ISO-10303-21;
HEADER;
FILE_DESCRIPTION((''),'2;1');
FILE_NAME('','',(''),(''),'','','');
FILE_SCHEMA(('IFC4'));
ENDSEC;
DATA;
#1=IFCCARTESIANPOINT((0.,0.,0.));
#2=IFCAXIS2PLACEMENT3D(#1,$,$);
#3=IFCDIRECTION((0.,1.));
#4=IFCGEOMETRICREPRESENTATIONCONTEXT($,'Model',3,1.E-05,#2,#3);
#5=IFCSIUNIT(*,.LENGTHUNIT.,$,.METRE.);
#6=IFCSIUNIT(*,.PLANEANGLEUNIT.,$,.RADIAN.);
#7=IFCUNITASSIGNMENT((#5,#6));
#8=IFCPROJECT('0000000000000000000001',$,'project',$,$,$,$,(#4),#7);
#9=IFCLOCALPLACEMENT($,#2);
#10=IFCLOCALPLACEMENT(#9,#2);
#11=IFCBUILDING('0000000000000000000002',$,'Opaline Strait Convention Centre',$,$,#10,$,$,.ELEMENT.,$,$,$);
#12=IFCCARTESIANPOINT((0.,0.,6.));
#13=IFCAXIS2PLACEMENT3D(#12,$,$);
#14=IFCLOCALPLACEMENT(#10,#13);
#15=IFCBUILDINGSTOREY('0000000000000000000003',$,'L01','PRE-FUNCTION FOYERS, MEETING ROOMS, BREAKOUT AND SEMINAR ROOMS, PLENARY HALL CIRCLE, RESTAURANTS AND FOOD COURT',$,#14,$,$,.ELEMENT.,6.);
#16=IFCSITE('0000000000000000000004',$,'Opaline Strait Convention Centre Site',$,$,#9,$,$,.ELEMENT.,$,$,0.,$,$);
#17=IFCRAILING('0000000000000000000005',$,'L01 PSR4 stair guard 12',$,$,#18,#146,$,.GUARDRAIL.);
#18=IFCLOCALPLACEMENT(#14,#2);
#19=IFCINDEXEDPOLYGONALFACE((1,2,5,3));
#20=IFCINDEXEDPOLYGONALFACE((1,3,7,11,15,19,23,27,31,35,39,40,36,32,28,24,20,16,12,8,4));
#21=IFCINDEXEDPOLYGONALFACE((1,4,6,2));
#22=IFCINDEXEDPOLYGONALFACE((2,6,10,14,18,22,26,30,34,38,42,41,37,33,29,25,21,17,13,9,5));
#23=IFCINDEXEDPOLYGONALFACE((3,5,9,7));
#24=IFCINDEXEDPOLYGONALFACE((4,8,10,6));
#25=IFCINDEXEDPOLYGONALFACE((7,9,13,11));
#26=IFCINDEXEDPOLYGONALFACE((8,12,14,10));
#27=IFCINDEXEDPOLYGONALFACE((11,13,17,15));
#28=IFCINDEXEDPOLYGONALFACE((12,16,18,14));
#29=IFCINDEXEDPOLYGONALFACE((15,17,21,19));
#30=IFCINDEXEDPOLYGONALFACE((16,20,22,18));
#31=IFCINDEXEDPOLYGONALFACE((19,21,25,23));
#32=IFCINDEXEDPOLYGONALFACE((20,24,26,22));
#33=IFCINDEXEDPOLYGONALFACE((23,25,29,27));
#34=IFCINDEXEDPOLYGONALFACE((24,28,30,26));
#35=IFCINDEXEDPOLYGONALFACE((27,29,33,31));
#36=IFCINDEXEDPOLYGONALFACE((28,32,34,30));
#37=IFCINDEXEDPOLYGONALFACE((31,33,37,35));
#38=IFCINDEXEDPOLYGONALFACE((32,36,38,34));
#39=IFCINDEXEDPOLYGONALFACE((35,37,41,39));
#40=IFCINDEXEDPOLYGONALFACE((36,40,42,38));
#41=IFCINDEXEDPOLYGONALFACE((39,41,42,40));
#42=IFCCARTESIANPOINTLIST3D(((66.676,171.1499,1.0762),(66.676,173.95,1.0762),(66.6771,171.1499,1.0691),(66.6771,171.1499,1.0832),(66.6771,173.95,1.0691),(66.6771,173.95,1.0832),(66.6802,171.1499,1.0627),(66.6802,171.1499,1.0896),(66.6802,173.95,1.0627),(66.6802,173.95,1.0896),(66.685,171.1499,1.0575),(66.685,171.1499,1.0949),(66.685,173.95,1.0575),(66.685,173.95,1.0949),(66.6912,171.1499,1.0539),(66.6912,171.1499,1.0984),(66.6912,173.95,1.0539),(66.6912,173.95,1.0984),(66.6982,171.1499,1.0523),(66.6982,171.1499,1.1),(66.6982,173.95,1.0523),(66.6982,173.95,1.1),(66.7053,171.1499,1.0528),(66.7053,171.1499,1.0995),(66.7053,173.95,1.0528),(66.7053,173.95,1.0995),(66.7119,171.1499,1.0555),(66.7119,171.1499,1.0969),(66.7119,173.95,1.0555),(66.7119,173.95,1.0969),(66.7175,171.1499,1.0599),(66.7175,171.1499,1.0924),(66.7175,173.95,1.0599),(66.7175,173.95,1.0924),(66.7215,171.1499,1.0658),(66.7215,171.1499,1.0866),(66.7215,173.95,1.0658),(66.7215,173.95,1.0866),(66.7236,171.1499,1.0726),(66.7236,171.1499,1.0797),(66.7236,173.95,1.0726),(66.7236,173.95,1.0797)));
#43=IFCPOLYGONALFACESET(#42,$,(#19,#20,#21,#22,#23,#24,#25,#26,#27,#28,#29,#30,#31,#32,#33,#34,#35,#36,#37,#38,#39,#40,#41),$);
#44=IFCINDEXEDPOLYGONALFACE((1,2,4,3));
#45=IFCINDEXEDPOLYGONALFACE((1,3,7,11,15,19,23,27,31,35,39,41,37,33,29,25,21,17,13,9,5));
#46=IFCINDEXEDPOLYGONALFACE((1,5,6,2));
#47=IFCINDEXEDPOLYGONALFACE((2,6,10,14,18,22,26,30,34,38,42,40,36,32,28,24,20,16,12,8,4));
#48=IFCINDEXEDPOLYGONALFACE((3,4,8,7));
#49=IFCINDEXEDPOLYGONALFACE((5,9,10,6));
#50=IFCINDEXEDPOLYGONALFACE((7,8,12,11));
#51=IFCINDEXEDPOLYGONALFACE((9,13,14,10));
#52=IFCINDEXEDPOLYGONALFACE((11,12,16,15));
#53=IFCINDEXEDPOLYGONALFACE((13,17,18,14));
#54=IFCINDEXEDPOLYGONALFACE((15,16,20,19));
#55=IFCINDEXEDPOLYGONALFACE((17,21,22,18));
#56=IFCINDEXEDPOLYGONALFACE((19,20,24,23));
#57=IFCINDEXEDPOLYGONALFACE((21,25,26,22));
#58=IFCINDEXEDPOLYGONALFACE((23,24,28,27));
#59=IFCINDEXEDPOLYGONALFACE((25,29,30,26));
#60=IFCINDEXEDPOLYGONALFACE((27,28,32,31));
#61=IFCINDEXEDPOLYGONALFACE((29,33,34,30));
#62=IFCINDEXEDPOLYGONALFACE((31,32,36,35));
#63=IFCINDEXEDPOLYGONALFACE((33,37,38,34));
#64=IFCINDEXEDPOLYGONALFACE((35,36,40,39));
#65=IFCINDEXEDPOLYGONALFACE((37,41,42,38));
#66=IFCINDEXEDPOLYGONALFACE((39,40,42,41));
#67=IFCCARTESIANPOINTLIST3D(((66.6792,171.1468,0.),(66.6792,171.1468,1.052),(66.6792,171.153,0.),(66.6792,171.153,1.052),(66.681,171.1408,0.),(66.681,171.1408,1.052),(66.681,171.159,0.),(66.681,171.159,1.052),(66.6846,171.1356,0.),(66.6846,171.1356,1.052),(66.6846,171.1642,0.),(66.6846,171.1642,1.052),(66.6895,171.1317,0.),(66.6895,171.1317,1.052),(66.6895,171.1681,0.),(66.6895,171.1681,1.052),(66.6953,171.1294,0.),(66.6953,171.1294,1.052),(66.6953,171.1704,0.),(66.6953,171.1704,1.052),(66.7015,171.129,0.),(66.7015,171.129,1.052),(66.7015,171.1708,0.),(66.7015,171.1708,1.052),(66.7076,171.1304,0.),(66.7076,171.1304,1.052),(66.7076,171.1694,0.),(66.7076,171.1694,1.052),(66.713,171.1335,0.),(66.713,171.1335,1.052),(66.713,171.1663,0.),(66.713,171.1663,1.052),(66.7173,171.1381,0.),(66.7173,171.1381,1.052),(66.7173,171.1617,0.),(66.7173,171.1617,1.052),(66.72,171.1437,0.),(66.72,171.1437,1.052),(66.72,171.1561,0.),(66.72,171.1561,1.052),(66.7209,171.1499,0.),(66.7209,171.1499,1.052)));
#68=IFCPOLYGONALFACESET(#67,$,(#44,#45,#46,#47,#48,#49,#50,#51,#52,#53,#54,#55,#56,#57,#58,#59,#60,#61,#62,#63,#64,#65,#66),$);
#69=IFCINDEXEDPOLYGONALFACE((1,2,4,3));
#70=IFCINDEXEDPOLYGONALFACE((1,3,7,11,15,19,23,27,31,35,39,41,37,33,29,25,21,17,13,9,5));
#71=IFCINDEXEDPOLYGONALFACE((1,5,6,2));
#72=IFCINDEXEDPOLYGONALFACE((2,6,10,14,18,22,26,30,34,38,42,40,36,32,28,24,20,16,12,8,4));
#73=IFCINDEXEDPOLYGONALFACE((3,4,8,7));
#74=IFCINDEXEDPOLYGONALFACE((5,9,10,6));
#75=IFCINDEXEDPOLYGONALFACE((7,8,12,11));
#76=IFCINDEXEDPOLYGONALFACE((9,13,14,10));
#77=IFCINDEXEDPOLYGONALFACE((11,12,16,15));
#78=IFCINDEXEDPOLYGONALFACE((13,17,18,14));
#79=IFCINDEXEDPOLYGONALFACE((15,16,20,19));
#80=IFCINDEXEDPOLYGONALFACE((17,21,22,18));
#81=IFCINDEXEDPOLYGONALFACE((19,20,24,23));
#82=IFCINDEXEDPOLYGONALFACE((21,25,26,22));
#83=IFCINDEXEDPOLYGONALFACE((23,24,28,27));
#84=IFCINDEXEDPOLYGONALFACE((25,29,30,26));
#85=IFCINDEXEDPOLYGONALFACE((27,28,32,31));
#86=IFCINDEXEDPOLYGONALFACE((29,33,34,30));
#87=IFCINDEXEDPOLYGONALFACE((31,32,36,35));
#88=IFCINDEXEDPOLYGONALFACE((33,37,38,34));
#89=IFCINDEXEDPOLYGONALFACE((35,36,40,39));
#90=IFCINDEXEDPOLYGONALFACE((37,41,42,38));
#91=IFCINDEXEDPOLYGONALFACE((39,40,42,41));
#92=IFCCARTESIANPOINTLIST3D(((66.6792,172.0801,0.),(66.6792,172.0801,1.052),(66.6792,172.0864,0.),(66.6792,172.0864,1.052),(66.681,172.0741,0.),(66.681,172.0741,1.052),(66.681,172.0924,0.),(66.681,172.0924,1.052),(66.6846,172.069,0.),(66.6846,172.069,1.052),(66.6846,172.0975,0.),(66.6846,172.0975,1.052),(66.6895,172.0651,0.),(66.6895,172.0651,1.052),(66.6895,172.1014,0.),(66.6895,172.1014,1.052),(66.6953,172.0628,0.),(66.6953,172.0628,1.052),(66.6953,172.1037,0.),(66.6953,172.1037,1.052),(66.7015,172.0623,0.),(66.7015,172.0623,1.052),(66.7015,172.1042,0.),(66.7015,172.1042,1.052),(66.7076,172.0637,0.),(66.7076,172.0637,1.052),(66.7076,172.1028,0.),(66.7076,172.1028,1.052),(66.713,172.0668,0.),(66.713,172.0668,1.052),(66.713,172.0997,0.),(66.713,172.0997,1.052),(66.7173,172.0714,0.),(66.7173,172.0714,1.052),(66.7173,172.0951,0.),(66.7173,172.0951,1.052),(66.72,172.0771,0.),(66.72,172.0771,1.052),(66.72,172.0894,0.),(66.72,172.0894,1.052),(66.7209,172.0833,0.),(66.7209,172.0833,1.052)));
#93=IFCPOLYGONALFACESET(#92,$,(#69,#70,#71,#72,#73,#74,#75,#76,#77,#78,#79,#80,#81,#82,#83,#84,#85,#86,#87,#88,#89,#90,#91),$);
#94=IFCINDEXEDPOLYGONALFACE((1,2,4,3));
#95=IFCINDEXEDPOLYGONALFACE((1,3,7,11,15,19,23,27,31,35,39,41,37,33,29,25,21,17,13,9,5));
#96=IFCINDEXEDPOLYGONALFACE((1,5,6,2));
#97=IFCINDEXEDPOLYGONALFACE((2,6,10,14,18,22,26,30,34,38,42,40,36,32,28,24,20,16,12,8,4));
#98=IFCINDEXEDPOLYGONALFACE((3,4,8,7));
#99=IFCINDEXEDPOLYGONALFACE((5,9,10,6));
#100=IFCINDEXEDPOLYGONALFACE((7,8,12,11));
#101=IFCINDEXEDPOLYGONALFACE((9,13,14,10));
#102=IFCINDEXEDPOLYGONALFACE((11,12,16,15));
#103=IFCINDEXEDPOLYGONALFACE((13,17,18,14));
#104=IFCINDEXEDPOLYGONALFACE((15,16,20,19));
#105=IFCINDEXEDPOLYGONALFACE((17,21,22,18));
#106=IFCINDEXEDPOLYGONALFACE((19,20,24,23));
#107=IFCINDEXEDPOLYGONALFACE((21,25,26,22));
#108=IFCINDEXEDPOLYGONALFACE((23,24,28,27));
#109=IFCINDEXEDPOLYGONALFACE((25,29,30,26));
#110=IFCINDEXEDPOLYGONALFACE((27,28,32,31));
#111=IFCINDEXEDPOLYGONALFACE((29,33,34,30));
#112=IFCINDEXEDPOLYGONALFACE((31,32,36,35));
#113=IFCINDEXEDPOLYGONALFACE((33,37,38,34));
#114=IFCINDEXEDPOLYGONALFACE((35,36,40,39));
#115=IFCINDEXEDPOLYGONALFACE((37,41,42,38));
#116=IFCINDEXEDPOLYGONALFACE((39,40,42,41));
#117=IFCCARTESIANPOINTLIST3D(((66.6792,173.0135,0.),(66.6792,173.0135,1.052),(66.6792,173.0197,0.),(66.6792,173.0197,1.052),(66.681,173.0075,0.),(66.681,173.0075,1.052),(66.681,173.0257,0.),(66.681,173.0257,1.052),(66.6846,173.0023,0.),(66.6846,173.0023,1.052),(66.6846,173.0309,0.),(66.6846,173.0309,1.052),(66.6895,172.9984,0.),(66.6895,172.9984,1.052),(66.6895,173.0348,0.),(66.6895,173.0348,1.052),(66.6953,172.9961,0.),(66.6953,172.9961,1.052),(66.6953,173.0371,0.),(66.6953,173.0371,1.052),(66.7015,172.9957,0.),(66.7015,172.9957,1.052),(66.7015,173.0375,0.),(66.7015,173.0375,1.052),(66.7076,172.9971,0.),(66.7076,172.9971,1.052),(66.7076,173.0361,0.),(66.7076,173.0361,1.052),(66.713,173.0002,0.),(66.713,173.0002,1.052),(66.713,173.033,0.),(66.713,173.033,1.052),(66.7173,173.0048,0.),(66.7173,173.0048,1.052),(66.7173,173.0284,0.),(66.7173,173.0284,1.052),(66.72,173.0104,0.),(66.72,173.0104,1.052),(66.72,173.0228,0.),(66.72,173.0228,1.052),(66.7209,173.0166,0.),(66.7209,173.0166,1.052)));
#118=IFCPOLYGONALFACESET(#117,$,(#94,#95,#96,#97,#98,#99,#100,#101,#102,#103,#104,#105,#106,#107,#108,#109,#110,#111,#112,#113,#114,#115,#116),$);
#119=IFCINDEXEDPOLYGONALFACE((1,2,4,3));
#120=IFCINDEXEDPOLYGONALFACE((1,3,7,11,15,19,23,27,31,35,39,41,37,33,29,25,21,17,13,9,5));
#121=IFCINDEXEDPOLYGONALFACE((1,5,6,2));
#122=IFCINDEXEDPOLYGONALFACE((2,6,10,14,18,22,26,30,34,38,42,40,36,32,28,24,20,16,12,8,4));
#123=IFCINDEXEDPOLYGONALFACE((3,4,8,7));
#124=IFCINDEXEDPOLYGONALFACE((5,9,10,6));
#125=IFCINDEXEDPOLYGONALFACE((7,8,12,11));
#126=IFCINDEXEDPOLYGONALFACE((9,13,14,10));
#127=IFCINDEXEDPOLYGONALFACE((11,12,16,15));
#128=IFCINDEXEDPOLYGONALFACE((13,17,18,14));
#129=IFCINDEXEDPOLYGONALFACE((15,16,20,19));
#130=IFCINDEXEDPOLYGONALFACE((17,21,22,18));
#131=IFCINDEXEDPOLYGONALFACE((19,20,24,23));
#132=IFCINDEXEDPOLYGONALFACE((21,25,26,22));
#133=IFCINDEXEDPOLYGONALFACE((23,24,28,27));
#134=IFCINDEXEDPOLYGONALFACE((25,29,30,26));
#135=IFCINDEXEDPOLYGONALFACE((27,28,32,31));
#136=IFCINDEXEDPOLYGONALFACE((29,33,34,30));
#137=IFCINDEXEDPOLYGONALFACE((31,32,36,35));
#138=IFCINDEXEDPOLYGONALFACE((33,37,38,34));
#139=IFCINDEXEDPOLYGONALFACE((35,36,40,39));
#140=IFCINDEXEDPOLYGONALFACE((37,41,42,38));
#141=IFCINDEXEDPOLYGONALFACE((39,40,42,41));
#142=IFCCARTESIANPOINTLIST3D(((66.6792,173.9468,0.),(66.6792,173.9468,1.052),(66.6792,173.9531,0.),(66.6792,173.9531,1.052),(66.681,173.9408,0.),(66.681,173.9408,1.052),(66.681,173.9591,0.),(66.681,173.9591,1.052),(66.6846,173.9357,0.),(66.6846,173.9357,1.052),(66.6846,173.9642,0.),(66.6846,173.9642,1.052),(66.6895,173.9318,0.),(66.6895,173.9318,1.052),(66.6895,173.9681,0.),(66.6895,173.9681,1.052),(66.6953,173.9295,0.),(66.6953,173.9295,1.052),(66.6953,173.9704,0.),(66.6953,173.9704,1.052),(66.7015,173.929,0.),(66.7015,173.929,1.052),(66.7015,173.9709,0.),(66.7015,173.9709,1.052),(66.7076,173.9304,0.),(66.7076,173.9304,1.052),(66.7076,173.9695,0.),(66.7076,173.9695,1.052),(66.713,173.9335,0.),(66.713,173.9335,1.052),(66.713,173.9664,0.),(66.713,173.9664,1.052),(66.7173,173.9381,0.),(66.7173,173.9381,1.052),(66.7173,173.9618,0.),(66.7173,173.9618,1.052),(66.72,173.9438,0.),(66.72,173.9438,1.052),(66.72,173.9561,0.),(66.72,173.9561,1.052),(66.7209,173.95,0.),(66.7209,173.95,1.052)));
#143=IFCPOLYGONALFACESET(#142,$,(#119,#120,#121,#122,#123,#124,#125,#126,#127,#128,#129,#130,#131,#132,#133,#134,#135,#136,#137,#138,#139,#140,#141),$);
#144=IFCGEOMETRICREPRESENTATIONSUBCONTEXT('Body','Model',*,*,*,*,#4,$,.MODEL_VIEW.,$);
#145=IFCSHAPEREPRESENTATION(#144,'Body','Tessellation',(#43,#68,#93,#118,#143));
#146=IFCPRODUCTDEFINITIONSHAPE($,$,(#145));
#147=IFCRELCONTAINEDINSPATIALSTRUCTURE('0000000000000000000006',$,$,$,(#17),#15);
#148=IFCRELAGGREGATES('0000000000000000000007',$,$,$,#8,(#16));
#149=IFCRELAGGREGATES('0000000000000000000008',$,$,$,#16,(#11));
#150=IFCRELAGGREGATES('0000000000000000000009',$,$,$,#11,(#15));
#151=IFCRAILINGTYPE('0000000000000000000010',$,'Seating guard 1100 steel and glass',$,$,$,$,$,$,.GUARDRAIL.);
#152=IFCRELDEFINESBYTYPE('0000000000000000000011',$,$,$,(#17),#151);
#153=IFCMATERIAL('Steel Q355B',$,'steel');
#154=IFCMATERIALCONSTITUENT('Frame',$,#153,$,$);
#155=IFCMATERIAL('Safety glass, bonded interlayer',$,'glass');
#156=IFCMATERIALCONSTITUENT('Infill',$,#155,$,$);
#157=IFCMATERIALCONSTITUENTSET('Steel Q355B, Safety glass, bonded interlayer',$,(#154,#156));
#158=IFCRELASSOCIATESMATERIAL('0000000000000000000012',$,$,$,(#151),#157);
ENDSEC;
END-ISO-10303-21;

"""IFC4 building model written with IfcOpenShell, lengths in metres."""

from ifc_helpers import new_model, si_unit, direction, frame, origin, origin_2d, place, context, subcontext, project, spatial, circle, extrude, material, constituent, constituent_set, type_object, element, save


model = new_model("IFC4")

# Units and contexts
model_context = context("Model", 3, precision=1e-05, world=origin(), true_north=direction((0.0, 1.0)))
body_context = subcontext(model_context, "Body", "Model", "MODEL_VIEW")
ifc_project = project(units=[si_unit("LENGTHUNIT", "METRE"), si_unit("PLANEANGLEUNIT", "RADIAN")], contexts=[model_context])

# Site, building, storey
site_placement = place(None, origin())
site = spatial("IfcSite", under=ifc_project, at=site_placement, Name="Opaline Strait Convention Centre Site", CompositionType="ELEMENT", RefElevation=0.0)
building_placement = place(site_placement, origin())
building = spatial("IfcBuilding", under=site, at=building_placement, Name="Opaline Strait Convention Centre", CompositionType="ELEMENT")
storey_placement = place(building_placement, frame((0.0, 0.0, 6.0)))
storey = spatial("IfcBuildingStorey", under=building, at=storey_placement, Name="L01", Description="PRE-FUNCTION FOYERS, MEETING ROOMS, BREAKOUT AND SEMINAR ROOMS, PLENARY HALL CIRCLE, RESTAURANTS AND FOOD COURT", CompositionType="ELEMENT", Elevation=6.0)

# Railing
ifc_material_1 = material(Name="Steel Q355B", Category="steel")
ifc_constituent_1 = constituent(ifc_material_1, Name="Frame")
ifc_material_2 = material(Name="Safety glass, bonded interlayer", Category="glass")
ifc_constituent_2 = constituent(ifc_material_2, Name="Infill")
ifc_constituent_set = constituent_set(constituents=[ifc_constituent_1, ifc_constituent_2], Name="Steel Q355B, Safety glass, bonded interlayer")
railing_type_1 = type_object("IfcRailingType", Name="Seating guard 1100 steel and glass", PredefinedType="GUARDRAIL", material=ifc_constituent_set)
railing_1_placement = place(storey_placement, frame((66.7, 171.1499, 0.0)))
element("IfcRailing", 1, at=railing_1_placement, inside=storey, type_object=railing_type_1, Name="L01 PSR4 stair guard 12", PredefinedType="GUARDRAIL", context=body_context, shape_type="SweptSolid", body=[
    extrude(circle(Radius=0.0239, at=origin_2d()), frame((0.0, 0.0, 1.0762), z_axis=(0.0, 1.0, 0.0), x_axis=(-1.0, 0.0, 0.0)), (0.0, 0.0, 1.0), 2.8),
    extrude(circle(Radius=0.021, at=origin_2d()), origin(), (0.0, 0.0, 1.0), 1.052),
    extrude(circle(Radius=0.021, at=origin_2d()), frame((0.0, 0.9333, 0.0)), (0.0, 0.0, 1.0), 1.052),
    extrude(circle(Radius=0.021, at=origin_2d()), frame((0.0, 1.8667, 0.0)), (0.0, 0.0, 1.0), 1.052),
    extrude(circle(Radius=0.021, at=origin_2d()), frame((0.0, 2.8, 0.0)), (0.0, 0.0, 1.0), 1.052),
])

save(model, "model.ifc")
